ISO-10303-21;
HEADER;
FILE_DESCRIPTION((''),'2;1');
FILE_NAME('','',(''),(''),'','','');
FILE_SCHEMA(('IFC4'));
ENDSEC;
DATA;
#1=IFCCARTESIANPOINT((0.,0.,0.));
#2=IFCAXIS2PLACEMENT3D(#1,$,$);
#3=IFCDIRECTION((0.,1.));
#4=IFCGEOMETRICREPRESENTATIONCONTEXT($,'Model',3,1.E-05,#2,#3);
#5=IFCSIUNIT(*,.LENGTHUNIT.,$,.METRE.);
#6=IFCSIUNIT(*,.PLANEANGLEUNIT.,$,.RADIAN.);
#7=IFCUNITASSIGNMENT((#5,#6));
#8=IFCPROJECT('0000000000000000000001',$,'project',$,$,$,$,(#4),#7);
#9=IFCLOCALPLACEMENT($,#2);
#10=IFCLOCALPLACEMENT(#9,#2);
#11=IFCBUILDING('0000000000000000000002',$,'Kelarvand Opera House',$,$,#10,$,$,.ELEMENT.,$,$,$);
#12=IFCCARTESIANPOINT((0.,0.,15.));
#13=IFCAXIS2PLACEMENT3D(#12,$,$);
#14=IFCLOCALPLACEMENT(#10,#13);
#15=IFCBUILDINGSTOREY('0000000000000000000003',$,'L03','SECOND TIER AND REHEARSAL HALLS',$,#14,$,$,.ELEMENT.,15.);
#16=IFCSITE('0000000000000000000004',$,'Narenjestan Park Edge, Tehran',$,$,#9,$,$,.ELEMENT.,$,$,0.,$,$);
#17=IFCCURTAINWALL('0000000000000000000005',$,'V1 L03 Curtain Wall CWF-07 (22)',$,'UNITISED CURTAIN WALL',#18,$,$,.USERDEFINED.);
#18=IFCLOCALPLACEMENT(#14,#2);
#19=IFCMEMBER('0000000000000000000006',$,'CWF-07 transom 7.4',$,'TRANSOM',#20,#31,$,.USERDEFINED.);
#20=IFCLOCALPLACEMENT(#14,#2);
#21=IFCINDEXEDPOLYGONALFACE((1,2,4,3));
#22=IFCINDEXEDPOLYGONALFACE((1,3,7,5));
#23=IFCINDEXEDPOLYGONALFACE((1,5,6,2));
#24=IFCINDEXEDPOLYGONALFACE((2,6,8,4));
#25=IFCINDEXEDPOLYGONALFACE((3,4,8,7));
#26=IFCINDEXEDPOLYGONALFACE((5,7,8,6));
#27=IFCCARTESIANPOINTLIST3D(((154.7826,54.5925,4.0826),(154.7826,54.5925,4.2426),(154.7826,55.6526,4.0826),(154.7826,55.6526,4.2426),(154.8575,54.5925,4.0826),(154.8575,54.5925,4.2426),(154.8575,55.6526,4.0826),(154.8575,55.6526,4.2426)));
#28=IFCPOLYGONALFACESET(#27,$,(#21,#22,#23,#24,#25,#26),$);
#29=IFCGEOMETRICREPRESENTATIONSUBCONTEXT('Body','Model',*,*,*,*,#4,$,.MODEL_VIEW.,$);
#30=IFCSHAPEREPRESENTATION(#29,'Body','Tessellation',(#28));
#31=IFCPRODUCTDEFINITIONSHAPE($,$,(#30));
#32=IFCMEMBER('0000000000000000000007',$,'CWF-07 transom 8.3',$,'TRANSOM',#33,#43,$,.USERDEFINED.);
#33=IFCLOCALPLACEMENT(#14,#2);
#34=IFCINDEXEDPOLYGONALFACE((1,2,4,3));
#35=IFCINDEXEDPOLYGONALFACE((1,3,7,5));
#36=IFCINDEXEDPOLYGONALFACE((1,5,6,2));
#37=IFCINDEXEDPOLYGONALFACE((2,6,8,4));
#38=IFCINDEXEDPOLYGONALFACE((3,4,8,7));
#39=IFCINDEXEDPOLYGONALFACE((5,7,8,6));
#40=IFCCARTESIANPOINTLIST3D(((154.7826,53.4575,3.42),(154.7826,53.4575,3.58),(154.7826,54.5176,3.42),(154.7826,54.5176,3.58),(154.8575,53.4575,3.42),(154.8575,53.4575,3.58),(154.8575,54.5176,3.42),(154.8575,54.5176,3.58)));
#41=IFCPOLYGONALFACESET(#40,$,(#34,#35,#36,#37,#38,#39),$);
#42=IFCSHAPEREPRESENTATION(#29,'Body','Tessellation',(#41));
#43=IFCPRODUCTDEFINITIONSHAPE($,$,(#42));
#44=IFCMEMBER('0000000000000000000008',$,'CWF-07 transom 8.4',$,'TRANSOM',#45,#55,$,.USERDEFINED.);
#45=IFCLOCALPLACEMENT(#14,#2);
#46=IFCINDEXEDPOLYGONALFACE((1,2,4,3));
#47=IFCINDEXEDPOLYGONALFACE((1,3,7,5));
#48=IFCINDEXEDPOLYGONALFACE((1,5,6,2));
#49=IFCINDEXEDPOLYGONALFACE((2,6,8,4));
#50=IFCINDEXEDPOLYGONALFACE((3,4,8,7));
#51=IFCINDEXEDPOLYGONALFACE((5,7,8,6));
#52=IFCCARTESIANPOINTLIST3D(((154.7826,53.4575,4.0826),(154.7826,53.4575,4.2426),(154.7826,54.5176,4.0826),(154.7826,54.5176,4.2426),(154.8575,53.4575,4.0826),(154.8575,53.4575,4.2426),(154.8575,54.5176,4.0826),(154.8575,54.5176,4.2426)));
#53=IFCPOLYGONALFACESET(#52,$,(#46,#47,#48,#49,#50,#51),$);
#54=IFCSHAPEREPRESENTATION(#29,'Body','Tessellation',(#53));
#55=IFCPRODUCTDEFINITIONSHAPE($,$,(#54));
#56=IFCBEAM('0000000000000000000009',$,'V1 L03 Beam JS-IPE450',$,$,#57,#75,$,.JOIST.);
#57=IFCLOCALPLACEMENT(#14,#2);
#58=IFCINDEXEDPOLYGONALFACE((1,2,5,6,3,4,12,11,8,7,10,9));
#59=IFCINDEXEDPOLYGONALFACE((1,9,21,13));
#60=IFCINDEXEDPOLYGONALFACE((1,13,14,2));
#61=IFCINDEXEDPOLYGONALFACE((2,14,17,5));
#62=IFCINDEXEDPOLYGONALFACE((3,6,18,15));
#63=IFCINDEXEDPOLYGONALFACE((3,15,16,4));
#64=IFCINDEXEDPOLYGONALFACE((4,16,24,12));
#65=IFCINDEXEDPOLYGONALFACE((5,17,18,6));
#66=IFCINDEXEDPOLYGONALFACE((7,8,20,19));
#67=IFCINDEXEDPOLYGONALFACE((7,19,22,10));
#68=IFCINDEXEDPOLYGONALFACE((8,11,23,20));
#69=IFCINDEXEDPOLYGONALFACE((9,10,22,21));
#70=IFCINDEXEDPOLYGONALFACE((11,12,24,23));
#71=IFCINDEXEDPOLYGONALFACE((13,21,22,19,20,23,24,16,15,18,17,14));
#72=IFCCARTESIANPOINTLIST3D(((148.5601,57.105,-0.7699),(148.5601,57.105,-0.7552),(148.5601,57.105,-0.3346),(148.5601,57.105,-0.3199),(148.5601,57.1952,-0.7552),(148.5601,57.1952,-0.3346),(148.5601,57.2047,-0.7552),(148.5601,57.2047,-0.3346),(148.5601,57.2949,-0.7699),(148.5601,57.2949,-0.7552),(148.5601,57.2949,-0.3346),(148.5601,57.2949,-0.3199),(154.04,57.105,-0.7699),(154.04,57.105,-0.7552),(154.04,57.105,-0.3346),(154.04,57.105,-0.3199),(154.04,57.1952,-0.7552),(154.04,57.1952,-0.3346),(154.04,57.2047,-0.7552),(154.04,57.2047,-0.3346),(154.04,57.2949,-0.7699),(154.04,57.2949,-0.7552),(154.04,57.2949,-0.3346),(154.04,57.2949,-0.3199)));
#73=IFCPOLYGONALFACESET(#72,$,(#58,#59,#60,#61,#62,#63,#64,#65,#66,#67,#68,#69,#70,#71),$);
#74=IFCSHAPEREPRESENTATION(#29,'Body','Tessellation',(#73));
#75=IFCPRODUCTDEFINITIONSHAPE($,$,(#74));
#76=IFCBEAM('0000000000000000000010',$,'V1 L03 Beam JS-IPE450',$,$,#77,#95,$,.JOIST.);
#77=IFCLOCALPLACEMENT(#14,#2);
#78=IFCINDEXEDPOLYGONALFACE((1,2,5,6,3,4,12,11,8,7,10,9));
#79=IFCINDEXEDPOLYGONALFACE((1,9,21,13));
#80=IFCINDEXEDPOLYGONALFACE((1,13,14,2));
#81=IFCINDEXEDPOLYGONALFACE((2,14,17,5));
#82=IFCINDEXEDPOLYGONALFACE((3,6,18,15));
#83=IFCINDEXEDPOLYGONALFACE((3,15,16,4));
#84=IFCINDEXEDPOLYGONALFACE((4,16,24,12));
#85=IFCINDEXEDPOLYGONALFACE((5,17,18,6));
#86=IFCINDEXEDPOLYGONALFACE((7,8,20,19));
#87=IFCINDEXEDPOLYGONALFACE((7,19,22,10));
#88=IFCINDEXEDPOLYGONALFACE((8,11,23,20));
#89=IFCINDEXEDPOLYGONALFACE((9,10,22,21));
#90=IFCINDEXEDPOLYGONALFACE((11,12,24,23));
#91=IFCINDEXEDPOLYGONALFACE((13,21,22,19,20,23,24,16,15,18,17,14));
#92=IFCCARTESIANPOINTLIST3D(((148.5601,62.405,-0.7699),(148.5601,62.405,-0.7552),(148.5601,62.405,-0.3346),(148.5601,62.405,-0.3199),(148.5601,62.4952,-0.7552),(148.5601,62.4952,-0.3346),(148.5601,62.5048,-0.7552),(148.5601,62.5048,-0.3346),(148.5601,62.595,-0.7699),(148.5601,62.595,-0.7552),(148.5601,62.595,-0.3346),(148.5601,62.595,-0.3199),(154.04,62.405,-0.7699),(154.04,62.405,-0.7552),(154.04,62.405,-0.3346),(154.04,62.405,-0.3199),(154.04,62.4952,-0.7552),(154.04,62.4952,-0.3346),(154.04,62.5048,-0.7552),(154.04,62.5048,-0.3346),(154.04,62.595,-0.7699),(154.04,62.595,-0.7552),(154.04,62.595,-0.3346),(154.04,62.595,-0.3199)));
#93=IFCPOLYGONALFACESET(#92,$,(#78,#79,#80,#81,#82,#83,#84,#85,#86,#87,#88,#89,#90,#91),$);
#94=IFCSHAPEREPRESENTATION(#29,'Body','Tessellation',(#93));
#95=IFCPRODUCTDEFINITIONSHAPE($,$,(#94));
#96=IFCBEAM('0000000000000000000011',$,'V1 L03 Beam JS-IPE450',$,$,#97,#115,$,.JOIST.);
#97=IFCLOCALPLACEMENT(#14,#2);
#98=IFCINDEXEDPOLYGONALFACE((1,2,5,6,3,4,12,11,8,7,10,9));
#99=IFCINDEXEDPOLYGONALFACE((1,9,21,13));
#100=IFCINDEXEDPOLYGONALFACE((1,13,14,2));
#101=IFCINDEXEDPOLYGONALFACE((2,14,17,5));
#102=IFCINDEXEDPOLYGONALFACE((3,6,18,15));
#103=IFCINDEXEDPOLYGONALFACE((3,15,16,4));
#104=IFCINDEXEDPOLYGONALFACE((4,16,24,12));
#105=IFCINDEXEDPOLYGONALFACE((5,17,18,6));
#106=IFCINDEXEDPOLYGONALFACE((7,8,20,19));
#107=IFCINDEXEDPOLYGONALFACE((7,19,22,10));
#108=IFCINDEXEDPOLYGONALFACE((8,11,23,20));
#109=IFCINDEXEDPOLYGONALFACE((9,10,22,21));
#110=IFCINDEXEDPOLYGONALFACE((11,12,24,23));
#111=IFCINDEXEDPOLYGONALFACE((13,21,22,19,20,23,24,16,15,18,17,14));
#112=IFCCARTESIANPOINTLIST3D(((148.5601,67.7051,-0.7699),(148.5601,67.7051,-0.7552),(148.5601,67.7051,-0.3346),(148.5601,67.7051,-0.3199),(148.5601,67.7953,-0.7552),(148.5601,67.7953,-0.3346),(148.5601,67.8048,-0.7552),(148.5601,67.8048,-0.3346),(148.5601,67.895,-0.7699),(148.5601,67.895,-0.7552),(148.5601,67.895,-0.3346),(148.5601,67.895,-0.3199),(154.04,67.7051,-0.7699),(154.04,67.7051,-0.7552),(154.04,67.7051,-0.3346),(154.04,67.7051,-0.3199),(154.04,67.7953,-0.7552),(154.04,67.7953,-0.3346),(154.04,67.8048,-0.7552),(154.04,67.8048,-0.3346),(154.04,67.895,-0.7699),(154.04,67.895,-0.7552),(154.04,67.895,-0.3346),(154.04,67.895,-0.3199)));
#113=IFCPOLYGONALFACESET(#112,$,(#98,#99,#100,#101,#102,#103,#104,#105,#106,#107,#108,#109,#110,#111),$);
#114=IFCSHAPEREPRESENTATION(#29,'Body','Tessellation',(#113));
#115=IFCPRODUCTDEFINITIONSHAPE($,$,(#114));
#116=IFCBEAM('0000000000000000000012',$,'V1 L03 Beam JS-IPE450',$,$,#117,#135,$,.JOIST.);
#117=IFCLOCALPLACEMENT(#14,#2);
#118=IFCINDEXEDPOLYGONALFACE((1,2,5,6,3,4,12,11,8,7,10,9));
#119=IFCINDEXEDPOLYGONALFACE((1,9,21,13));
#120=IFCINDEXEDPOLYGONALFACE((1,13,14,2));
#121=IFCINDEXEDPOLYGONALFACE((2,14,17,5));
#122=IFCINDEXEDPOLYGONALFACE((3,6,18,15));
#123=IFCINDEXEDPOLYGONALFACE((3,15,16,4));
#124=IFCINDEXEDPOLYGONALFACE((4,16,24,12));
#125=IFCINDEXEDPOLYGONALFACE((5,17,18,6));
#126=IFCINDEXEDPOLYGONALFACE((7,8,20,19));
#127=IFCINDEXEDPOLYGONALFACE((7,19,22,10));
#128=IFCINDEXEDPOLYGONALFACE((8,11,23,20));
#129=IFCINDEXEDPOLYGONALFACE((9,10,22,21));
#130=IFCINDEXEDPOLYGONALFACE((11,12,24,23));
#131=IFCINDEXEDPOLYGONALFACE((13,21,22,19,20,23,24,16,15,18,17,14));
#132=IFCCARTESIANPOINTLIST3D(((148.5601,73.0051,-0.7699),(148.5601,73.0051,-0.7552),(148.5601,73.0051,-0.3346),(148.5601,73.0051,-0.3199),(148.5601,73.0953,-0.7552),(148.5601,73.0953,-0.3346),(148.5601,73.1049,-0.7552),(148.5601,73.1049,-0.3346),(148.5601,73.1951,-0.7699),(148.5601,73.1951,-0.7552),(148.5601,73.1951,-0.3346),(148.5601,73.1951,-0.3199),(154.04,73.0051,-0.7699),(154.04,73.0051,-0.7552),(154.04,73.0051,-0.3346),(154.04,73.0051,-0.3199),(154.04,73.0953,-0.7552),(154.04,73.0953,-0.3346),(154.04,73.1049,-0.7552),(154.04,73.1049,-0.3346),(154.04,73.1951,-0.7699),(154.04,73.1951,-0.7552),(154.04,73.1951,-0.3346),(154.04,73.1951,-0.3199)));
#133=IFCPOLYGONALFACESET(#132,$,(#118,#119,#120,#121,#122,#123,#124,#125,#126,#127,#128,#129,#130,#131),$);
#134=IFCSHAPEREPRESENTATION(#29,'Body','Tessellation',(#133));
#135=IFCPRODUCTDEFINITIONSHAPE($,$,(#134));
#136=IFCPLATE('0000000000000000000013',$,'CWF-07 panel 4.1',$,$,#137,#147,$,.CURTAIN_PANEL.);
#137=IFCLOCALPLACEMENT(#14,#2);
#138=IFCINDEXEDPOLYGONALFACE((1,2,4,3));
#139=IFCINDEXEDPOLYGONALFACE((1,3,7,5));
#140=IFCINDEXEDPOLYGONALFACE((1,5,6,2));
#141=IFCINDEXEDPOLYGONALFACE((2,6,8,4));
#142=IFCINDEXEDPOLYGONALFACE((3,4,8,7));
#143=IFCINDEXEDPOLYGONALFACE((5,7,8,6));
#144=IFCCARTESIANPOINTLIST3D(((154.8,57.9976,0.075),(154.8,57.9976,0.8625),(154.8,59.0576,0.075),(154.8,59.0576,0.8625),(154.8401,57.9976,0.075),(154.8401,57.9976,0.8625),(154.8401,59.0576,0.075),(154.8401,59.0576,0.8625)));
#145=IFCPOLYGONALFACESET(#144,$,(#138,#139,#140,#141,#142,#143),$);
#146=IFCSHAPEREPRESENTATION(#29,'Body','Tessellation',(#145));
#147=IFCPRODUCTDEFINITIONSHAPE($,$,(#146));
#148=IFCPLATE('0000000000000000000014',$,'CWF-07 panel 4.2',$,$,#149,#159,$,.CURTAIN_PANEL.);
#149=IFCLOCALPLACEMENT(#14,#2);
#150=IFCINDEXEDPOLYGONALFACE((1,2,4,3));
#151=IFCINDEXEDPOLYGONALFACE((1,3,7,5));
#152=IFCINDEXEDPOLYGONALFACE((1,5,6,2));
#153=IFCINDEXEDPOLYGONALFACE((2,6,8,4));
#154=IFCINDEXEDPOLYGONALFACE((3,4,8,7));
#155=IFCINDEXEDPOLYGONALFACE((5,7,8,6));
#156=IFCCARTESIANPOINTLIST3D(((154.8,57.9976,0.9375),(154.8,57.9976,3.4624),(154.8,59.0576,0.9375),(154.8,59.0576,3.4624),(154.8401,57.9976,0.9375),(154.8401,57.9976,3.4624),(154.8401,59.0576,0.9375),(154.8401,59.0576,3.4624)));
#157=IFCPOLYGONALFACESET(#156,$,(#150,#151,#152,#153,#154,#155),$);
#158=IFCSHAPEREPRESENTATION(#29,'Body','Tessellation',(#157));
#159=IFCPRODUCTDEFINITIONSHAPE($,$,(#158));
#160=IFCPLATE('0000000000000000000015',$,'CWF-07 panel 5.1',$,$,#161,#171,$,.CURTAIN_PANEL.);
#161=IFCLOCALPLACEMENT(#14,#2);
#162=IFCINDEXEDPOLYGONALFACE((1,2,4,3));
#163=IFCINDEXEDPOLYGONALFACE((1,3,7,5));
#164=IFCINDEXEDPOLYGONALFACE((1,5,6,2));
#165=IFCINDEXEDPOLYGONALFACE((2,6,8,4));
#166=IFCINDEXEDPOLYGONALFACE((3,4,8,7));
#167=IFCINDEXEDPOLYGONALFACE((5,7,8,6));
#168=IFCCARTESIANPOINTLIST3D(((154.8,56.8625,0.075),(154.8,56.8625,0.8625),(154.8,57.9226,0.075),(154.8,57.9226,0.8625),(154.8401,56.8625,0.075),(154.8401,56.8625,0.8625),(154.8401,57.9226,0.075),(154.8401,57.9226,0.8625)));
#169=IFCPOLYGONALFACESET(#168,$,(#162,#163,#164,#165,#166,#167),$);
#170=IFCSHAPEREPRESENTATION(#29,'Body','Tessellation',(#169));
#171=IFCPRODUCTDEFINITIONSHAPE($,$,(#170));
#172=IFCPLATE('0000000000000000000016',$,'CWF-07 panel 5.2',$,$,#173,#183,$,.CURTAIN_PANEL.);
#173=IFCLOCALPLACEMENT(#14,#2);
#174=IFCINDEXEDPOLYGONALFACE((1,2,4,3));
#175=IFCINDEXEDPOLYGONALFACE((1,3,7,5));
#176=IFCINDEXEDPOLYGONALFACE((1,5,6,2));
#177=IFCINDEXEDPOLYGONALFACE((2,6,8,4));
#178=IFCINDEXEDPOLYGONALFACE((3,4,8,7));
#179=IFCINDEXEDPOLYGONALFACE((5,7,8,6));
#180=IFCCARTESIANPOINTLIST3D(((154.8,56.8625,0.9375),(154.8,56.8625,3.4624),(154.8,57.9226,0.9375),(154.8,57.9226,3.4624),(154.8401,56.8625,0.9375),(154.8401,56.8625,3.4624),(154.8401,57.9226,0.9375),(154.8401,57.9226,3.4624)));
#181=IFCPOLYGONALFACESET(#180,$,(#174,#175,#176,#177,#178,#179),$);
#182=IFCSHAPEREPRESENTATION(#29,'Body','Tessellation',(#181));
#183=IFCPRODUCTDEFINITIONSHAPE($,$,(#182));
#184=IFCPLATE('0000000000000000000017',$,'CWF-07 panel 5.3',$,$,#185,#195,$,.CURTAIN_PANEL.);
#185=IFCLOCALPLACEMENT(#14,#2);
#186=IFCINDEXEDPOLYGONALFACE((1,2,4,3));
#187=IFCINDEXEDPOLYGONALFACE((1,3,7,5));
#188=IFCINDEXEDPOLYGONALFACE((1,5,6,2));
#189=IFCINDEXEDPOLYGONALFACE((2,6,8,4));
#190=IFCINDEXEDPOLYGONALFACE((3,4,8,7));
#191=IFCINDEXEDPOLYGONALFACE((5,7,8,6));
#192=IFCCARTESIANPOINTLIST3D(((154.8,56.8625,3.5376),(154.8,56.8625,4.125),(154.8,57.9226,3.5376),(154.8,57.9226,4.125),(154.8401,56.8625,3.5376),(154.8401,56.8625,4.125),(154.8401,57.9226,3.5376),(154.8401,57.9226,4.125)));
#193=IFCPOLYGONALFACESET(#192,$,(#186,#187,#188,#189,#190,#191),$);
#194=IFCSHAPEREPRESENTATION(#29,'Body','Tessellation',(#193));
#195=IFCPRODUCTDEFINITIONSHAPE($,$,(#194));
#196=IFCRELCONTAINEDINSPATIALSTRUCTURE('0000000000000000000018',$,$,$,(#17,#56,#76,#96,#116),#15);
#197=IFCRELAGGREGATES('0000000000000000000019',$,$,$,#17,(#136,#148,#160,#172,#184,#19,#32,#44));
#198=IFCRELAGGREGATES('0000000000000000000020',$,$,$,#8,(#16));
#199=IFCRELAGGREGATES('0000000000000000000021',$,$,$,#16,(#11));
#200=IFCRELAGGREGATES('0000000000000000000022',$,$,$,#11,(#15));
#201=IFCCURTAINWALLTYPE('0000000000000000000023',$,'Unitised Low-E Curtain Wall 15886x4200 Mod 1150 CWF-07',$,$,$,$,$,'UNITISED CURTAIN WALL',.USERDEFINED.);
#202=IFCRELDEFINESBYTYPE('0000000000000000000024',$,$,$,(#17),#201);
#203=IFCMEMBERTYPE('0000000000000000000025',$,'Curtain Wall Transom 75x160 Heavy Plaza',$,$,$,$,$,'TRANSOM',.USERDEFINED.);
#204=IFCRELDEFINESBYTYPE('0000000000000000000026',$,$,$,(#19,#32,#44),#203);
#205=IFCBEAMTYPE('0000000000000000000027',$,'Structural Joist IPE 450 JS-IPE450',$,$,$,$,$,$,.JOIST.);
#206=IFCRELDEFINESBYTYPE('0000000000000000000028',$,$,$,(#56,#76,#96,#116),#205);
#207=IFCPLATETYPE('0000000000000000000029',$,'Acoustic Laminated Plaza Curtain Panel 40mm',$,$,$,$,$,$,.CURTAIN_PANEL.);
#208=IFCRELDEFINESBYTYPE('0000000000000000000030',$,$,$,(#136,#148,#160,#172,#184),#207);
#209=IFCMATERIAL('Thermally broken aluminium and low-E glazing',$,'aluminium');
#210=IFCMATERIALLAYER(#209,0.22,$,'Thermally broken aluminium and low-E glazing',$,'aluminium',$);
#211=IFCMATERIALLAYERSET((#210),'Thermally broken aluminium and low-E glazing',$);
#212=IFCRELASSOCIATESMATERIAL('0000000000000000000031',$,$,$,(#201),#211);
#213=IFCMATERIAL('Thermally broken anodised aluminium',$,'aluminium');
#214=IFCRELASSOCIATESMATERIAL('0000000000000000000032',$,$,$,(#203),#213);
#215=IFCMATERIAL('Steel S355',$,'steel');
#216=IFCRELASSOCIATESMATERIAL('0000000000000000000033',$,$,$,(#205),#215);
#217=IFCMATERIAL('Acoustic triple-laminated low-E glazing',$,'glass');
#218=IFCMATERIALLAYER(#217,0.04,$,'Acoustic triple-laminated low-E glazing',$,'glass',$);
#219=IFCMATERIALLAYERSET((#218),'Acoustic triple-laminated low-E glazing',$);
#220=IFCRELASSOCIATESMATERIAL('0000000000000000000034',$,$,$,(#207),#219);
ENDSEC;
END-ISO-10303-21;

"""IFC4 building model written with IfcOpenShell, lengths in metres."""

from ifc_helpers import new_model, si_unit, direction, frame, origin, origin_2d, place, context, subcontext, project, spatial, rectangle, i_section, extrude, material, layer, layer_set, material_profile, profile_set, type_object, element, aggregate, save


model = new_model("IFC4")

# Units and contexts
model_context = context("Model", 3, precision=1e-05, world=origin(), true_north=direction((0.0, 1.0)))
body_context = subcontext(model_context, "Body", "Model", "MODEL_VIEW")
ifc_project = project(units=[si_unit("LENGTHUNIT", "METRE"), si_unit("PLANEANGLEUNIT", "RADIAN")], contexts=[model_context])

# Site, building, storey
site_placement = place(None, origin())
site = spatial("IfcSite", under=ifc_project, at=site_placement, Name="Narenjestan Park Edge, Tehran", CompositionType="ELEMENT", RefElevation=0.0)
building_placement = place(site_placement, origin())
building = spatial("IfcBuilding", under=site, at=building_placement, Name="Kelarvand Opera House", CompositionType="ELEMENT")
storey_placement = place(building_placement, frame((0.0, 0.0, 15.0)))
storey = spatial("IfcBuildingStorey", under=building, at=storey_placement, Name="L03", Description="SECOND TIER AND REHEARSAL HALLS", CompositionType="ELEMENT", Elevation=15.0)

# Curtain wall, members
ifc_material_1 = material(Name="Thermally broken aluminium and low-E glazing", Category="aluminium")
ifc_layer_1 = layer(ifc_material_1, 0.22, Name="Thermally broken aluminium and low-E glazing", Category="aluminium")
ifc_layer_set_1 = layer_set([ifc_layer_1], Name="Thermally broken aluminium and low-E glazing")
curtain_wall_type = type_object("IfcCurtainWallType", Name="Unitised Low-E Curtain Wall 15886x4200 Mod 1150 CWF-07", ElementType="UNITISED CURTAIN WALL", PredefinedType="USERDEFINED", material=ifc_layer_set_1)
curtain_wall_placement = place(storey_placement, origin())
curtain_wall = element("IfcCurtainWall", 1, at=curtain_wall_placement, inside=storey, type_object=curtain_wall_type, Name="V1 L03 Curtain Wall CWF-07 (22)", ObjectType="UNITISED CURTAIN WALL", PredefinedType="USERDEFINED")
ifc_material_2 = material(Name="Thermally broken anodised aluminium", Category="aluminium")
ifc_material_profile_1 = material_profile(ifc_material_2, rectangle(XDim=0.075, YDim=0.1599, at=origin_2d()), Name="ALU TRANSOM 75x160", Category="aluminium")
ifc_profile_set_1 = profile_set([ifc_material_profile_1], Name="Thermally broken anodised aluminium")
member_type_1 = type_object("IfcMemberType", Name="Curtain Wall Transom 75x160 Heavy Plaza", ElementType="TRANSOM", PredefinedType="USERDEFINED", material=ifc_profile_set_1)
member_1_placement = place(storey_placement, frame((154.8201, 55.6526, 4.1626), z_axis=(0.0, -1.0, 0.0), x_axis=(1.0, 0.0, 0.0)))
member_1 = element("IfcMember", 2, at=member_1_placement, type_object=member_type_1, Name="CWF-07 transom 7.4", ObjectType="TRANSOM", PredefinedType="USERDEFINED", context=body_context, shape_type="SweptSolid", body=[
    extrude(rectangle(XDim=0.075, YDim=0.1599, at=origin_2d()), origin(), (0.0, 0.0, 1.0), 1.0601),
])
member_2_placement = place(storey_placement, frame((154.8201, 54.5176, 3.5), z_axis=(0.0, -1.0, 0.0), x_axis=(1.0, 0.0, 0.0)))
member_2 = element("IfcMember", 3, at=member_2_placement, type_object=member_type_1, Name="CWF-07 transom 8.3", ObjectType="TRANSOM", PredefinedType="USERDEFINED", context=body_context, shape_type="SweptSolid", body=[
    extrude(rectangle(XDim=0.075, YDim=0.1599, at=origin_2d()), origin(), (0.0, 0.0, 1.0), 1.0601),
])
member_3_placement = place(storey_placement, frame((154.8201, 54.5176, 4.1626), z_axis=(0.0, -1.0, 0.0), x_axis=(1.0, 0.0, 0.0)))
member_3 = element("IfcMember", 4, at=member_3_placement, type_object=member_type_1, Name="CWF-07 transom 8.4", ObjectType="TRANSOM", PredefinedType="USERDEFINED", context=body_context, shape_type="SweptSolid", body=[
    extrude(rectangle(XDim=0.075, YDim=0.1599, at=origin_2d()), origin(), (0.0, 0.0, 1.0), 1.0601),
])

# Beams
ifc_material_3 = material(Name="Steel S355", Category="steel")
ifc_material_profile_2 = material_profile(ifc_material_3, i_section(OverallWidth=0.1899, OverallDepth=0.45, WebThickness=0.0095, FlangeThickness=0.0146, at=origin_2d()), Name="IPE 450", Category="steel")
ifc_profile_set_2 = profile_set([ifc_material_profile_2], Name="Steel S355")
beam_type = type_object("IfcBeamType", Name="Structural Joist IPE 450 JS-IPE450", PredefinedType="JOIST", material=ifc_profile_set_2)
for number, where, z_axis, x_axis, name in (
    (5, (148.5601, 57.2, -0.5449), (1.0, 0.0, 0.0), (0.0, 1.0, 0.0), "V1 L03 Beam JS-IPE450"),
    (6, (148.5601, 62.5, -0.5449), (1.0, 0.0, 0.0), (0.0, 1.0, 0.0), "V1 L03 Beam JS-IPE450"),
    (7, (148.5601, 67.8, -0.5449), (1.0, 0.0, 0.0), (0.0, 1.0, 0.0), "V1 L03 Beam JS-IPE450"),
    (8, (148.5601, 73.1001, -0.5449), (1.0, 0.0, 0.0), (0.0, 1.0, 0.0), "V1 L03 Beam JS-IPE450"),
):
    element("IfcBeam", number, at=place(storey_placement, frame(where, z_axis=z_axis, x_axis=x_axis)), inside=storey, type_object=beam_type, Name=name, PredefinedType="JOIST", context=body_context, shape_type="SweptSolid", body=[
        extrude(i_section(OverallWidth=0.1899, OverallDepth=0.45, WebThickness=0.0095, FlangeThickness=0.0146, at=origin_2d()), origin(), (0.0, 0.0, 1.0), 5.48),
    ])

# Plates
ifc_material_4 = material(Name="Acoustic triple-laminated low-E glazing", Category="glass")
ifc_layer_2 = layer(ifc_material_4, 0.04, Name="Acoustic triple-laminated low-E glazing", Category="glass")
ifc_layer_set_2 = layer_set([ifc_layer_2], Name="Acoustic triple-laminated low-E glazing")
plate_type = type_object("IfcPlateType", Name="Acoustic Laminated Plaza Curtain Panel 40mm", PredefinedType="CURTAIN_PANEL", material=ifc_layer_set_2)
plate_1_placement = place(storey_placement, frame((154.8201, 58.5276, 0.075), z_axis=(0.0, 0.0, 1.0), x_axis=(0.0, -1.0, 0.0)))
plate_1 = element("IfcPlate", 9, at=plate_1_placement, type_object=plate_type, Name="CWF-07 panel 4.1", PredefinedType="CURTAIN_PANEL", context=body_context, shape_type="SweptSolid", body=[
    extrude(rectangle(XDim=1.0601, YDim=0.04, at=origin_2d()), origin(), (0.0, 0.0, 1.0), 0.7876),
])
plate_2_placement = place(storey_placement, frame((154.8201, 58.5276, 0.9375), z_axis=(0.0, 0.0, 1.0), x_axis=(0.0, -1.0, 0.0)))
plate_2 = element("IfcPlate", 10, at=plate_2_placement, type_object=plate_type, Name="CWF-07 panel 4.2", PredefinedType="CURTAIN_PANEL", context=body_context, shape_type="SweptSolid", body=[
    extrude(rectangle(XDim=1.0601, YDim=0.04, at=origin_2d()), origin(), (0.0, 0.0, 1.0), 2.5249),
])
plate_3_placement = place(storey_placement, frame((154.8201, 57.3926, 0.075), z_axis=(0.0, 0.0, 1.0), x_axis=(0.0, -1.0, 0.0)))
plate_3 = element("IfcPlate", 11, at=plate_3_placement, type_object=plate_type, Name="CWF-07 panel 5.1", PredefinedType="CURTAIN_PANEL", context=body_context, shape_type="SweptSolid", body=[
    extrude(rectangle(XDim=1.0601, YDim=0.04, at=origin_2d()), origin(), (0.0, 0.0, 1.0), 0.7876),
])
plate_4_placement = place(storey_placement, frame((154.8201, 57.3926, 0.9375), z_axis=(0.0, 0.0, 1.0), x_axis=(0.0, -1.0, 0.0)))
plate_4 = element("IfcPlate", 12, at=plate_4_placement, type_object=plate_type, Name="CWF-07 panel 5.2", PredefinedType="CURTAIN_PANEL", context=body_context, shape_type="SweptSolid", body=[
    extrude(rectangle(XDim=1.0601, YDim=0.04, at=origin_2d()), origin(), (0.0, 0.0, 1.0), 2.5249),
])
plate_5_placement = place(storey_placement, frame((154.8201, 57.3926, 3.5376), z_axis=(0.0, 0.0, 1.0), x_axis=(0.0, -1.0, 0.0)))
plate_5 = element("IfcPlate", 13, at=plate_5_placement, type_object=plate_type, Name="CWF-07 panel 5.3", PredefinedType="CURTAIN_PANEL", context=body_context, shape_type="SweptSolid", body=[
    extrude(rectangle(XDim=1.0601, YDim=0.04, at=origin_2d()), origin(), (0.0, 0.0, 1.0), 0.5874),
])
aggregate(curtain_wall, [plate_1, plate_2, plate_3, plate_4, plate_5, member_1, member_2, member_3])

save(model, "model.ifc")
